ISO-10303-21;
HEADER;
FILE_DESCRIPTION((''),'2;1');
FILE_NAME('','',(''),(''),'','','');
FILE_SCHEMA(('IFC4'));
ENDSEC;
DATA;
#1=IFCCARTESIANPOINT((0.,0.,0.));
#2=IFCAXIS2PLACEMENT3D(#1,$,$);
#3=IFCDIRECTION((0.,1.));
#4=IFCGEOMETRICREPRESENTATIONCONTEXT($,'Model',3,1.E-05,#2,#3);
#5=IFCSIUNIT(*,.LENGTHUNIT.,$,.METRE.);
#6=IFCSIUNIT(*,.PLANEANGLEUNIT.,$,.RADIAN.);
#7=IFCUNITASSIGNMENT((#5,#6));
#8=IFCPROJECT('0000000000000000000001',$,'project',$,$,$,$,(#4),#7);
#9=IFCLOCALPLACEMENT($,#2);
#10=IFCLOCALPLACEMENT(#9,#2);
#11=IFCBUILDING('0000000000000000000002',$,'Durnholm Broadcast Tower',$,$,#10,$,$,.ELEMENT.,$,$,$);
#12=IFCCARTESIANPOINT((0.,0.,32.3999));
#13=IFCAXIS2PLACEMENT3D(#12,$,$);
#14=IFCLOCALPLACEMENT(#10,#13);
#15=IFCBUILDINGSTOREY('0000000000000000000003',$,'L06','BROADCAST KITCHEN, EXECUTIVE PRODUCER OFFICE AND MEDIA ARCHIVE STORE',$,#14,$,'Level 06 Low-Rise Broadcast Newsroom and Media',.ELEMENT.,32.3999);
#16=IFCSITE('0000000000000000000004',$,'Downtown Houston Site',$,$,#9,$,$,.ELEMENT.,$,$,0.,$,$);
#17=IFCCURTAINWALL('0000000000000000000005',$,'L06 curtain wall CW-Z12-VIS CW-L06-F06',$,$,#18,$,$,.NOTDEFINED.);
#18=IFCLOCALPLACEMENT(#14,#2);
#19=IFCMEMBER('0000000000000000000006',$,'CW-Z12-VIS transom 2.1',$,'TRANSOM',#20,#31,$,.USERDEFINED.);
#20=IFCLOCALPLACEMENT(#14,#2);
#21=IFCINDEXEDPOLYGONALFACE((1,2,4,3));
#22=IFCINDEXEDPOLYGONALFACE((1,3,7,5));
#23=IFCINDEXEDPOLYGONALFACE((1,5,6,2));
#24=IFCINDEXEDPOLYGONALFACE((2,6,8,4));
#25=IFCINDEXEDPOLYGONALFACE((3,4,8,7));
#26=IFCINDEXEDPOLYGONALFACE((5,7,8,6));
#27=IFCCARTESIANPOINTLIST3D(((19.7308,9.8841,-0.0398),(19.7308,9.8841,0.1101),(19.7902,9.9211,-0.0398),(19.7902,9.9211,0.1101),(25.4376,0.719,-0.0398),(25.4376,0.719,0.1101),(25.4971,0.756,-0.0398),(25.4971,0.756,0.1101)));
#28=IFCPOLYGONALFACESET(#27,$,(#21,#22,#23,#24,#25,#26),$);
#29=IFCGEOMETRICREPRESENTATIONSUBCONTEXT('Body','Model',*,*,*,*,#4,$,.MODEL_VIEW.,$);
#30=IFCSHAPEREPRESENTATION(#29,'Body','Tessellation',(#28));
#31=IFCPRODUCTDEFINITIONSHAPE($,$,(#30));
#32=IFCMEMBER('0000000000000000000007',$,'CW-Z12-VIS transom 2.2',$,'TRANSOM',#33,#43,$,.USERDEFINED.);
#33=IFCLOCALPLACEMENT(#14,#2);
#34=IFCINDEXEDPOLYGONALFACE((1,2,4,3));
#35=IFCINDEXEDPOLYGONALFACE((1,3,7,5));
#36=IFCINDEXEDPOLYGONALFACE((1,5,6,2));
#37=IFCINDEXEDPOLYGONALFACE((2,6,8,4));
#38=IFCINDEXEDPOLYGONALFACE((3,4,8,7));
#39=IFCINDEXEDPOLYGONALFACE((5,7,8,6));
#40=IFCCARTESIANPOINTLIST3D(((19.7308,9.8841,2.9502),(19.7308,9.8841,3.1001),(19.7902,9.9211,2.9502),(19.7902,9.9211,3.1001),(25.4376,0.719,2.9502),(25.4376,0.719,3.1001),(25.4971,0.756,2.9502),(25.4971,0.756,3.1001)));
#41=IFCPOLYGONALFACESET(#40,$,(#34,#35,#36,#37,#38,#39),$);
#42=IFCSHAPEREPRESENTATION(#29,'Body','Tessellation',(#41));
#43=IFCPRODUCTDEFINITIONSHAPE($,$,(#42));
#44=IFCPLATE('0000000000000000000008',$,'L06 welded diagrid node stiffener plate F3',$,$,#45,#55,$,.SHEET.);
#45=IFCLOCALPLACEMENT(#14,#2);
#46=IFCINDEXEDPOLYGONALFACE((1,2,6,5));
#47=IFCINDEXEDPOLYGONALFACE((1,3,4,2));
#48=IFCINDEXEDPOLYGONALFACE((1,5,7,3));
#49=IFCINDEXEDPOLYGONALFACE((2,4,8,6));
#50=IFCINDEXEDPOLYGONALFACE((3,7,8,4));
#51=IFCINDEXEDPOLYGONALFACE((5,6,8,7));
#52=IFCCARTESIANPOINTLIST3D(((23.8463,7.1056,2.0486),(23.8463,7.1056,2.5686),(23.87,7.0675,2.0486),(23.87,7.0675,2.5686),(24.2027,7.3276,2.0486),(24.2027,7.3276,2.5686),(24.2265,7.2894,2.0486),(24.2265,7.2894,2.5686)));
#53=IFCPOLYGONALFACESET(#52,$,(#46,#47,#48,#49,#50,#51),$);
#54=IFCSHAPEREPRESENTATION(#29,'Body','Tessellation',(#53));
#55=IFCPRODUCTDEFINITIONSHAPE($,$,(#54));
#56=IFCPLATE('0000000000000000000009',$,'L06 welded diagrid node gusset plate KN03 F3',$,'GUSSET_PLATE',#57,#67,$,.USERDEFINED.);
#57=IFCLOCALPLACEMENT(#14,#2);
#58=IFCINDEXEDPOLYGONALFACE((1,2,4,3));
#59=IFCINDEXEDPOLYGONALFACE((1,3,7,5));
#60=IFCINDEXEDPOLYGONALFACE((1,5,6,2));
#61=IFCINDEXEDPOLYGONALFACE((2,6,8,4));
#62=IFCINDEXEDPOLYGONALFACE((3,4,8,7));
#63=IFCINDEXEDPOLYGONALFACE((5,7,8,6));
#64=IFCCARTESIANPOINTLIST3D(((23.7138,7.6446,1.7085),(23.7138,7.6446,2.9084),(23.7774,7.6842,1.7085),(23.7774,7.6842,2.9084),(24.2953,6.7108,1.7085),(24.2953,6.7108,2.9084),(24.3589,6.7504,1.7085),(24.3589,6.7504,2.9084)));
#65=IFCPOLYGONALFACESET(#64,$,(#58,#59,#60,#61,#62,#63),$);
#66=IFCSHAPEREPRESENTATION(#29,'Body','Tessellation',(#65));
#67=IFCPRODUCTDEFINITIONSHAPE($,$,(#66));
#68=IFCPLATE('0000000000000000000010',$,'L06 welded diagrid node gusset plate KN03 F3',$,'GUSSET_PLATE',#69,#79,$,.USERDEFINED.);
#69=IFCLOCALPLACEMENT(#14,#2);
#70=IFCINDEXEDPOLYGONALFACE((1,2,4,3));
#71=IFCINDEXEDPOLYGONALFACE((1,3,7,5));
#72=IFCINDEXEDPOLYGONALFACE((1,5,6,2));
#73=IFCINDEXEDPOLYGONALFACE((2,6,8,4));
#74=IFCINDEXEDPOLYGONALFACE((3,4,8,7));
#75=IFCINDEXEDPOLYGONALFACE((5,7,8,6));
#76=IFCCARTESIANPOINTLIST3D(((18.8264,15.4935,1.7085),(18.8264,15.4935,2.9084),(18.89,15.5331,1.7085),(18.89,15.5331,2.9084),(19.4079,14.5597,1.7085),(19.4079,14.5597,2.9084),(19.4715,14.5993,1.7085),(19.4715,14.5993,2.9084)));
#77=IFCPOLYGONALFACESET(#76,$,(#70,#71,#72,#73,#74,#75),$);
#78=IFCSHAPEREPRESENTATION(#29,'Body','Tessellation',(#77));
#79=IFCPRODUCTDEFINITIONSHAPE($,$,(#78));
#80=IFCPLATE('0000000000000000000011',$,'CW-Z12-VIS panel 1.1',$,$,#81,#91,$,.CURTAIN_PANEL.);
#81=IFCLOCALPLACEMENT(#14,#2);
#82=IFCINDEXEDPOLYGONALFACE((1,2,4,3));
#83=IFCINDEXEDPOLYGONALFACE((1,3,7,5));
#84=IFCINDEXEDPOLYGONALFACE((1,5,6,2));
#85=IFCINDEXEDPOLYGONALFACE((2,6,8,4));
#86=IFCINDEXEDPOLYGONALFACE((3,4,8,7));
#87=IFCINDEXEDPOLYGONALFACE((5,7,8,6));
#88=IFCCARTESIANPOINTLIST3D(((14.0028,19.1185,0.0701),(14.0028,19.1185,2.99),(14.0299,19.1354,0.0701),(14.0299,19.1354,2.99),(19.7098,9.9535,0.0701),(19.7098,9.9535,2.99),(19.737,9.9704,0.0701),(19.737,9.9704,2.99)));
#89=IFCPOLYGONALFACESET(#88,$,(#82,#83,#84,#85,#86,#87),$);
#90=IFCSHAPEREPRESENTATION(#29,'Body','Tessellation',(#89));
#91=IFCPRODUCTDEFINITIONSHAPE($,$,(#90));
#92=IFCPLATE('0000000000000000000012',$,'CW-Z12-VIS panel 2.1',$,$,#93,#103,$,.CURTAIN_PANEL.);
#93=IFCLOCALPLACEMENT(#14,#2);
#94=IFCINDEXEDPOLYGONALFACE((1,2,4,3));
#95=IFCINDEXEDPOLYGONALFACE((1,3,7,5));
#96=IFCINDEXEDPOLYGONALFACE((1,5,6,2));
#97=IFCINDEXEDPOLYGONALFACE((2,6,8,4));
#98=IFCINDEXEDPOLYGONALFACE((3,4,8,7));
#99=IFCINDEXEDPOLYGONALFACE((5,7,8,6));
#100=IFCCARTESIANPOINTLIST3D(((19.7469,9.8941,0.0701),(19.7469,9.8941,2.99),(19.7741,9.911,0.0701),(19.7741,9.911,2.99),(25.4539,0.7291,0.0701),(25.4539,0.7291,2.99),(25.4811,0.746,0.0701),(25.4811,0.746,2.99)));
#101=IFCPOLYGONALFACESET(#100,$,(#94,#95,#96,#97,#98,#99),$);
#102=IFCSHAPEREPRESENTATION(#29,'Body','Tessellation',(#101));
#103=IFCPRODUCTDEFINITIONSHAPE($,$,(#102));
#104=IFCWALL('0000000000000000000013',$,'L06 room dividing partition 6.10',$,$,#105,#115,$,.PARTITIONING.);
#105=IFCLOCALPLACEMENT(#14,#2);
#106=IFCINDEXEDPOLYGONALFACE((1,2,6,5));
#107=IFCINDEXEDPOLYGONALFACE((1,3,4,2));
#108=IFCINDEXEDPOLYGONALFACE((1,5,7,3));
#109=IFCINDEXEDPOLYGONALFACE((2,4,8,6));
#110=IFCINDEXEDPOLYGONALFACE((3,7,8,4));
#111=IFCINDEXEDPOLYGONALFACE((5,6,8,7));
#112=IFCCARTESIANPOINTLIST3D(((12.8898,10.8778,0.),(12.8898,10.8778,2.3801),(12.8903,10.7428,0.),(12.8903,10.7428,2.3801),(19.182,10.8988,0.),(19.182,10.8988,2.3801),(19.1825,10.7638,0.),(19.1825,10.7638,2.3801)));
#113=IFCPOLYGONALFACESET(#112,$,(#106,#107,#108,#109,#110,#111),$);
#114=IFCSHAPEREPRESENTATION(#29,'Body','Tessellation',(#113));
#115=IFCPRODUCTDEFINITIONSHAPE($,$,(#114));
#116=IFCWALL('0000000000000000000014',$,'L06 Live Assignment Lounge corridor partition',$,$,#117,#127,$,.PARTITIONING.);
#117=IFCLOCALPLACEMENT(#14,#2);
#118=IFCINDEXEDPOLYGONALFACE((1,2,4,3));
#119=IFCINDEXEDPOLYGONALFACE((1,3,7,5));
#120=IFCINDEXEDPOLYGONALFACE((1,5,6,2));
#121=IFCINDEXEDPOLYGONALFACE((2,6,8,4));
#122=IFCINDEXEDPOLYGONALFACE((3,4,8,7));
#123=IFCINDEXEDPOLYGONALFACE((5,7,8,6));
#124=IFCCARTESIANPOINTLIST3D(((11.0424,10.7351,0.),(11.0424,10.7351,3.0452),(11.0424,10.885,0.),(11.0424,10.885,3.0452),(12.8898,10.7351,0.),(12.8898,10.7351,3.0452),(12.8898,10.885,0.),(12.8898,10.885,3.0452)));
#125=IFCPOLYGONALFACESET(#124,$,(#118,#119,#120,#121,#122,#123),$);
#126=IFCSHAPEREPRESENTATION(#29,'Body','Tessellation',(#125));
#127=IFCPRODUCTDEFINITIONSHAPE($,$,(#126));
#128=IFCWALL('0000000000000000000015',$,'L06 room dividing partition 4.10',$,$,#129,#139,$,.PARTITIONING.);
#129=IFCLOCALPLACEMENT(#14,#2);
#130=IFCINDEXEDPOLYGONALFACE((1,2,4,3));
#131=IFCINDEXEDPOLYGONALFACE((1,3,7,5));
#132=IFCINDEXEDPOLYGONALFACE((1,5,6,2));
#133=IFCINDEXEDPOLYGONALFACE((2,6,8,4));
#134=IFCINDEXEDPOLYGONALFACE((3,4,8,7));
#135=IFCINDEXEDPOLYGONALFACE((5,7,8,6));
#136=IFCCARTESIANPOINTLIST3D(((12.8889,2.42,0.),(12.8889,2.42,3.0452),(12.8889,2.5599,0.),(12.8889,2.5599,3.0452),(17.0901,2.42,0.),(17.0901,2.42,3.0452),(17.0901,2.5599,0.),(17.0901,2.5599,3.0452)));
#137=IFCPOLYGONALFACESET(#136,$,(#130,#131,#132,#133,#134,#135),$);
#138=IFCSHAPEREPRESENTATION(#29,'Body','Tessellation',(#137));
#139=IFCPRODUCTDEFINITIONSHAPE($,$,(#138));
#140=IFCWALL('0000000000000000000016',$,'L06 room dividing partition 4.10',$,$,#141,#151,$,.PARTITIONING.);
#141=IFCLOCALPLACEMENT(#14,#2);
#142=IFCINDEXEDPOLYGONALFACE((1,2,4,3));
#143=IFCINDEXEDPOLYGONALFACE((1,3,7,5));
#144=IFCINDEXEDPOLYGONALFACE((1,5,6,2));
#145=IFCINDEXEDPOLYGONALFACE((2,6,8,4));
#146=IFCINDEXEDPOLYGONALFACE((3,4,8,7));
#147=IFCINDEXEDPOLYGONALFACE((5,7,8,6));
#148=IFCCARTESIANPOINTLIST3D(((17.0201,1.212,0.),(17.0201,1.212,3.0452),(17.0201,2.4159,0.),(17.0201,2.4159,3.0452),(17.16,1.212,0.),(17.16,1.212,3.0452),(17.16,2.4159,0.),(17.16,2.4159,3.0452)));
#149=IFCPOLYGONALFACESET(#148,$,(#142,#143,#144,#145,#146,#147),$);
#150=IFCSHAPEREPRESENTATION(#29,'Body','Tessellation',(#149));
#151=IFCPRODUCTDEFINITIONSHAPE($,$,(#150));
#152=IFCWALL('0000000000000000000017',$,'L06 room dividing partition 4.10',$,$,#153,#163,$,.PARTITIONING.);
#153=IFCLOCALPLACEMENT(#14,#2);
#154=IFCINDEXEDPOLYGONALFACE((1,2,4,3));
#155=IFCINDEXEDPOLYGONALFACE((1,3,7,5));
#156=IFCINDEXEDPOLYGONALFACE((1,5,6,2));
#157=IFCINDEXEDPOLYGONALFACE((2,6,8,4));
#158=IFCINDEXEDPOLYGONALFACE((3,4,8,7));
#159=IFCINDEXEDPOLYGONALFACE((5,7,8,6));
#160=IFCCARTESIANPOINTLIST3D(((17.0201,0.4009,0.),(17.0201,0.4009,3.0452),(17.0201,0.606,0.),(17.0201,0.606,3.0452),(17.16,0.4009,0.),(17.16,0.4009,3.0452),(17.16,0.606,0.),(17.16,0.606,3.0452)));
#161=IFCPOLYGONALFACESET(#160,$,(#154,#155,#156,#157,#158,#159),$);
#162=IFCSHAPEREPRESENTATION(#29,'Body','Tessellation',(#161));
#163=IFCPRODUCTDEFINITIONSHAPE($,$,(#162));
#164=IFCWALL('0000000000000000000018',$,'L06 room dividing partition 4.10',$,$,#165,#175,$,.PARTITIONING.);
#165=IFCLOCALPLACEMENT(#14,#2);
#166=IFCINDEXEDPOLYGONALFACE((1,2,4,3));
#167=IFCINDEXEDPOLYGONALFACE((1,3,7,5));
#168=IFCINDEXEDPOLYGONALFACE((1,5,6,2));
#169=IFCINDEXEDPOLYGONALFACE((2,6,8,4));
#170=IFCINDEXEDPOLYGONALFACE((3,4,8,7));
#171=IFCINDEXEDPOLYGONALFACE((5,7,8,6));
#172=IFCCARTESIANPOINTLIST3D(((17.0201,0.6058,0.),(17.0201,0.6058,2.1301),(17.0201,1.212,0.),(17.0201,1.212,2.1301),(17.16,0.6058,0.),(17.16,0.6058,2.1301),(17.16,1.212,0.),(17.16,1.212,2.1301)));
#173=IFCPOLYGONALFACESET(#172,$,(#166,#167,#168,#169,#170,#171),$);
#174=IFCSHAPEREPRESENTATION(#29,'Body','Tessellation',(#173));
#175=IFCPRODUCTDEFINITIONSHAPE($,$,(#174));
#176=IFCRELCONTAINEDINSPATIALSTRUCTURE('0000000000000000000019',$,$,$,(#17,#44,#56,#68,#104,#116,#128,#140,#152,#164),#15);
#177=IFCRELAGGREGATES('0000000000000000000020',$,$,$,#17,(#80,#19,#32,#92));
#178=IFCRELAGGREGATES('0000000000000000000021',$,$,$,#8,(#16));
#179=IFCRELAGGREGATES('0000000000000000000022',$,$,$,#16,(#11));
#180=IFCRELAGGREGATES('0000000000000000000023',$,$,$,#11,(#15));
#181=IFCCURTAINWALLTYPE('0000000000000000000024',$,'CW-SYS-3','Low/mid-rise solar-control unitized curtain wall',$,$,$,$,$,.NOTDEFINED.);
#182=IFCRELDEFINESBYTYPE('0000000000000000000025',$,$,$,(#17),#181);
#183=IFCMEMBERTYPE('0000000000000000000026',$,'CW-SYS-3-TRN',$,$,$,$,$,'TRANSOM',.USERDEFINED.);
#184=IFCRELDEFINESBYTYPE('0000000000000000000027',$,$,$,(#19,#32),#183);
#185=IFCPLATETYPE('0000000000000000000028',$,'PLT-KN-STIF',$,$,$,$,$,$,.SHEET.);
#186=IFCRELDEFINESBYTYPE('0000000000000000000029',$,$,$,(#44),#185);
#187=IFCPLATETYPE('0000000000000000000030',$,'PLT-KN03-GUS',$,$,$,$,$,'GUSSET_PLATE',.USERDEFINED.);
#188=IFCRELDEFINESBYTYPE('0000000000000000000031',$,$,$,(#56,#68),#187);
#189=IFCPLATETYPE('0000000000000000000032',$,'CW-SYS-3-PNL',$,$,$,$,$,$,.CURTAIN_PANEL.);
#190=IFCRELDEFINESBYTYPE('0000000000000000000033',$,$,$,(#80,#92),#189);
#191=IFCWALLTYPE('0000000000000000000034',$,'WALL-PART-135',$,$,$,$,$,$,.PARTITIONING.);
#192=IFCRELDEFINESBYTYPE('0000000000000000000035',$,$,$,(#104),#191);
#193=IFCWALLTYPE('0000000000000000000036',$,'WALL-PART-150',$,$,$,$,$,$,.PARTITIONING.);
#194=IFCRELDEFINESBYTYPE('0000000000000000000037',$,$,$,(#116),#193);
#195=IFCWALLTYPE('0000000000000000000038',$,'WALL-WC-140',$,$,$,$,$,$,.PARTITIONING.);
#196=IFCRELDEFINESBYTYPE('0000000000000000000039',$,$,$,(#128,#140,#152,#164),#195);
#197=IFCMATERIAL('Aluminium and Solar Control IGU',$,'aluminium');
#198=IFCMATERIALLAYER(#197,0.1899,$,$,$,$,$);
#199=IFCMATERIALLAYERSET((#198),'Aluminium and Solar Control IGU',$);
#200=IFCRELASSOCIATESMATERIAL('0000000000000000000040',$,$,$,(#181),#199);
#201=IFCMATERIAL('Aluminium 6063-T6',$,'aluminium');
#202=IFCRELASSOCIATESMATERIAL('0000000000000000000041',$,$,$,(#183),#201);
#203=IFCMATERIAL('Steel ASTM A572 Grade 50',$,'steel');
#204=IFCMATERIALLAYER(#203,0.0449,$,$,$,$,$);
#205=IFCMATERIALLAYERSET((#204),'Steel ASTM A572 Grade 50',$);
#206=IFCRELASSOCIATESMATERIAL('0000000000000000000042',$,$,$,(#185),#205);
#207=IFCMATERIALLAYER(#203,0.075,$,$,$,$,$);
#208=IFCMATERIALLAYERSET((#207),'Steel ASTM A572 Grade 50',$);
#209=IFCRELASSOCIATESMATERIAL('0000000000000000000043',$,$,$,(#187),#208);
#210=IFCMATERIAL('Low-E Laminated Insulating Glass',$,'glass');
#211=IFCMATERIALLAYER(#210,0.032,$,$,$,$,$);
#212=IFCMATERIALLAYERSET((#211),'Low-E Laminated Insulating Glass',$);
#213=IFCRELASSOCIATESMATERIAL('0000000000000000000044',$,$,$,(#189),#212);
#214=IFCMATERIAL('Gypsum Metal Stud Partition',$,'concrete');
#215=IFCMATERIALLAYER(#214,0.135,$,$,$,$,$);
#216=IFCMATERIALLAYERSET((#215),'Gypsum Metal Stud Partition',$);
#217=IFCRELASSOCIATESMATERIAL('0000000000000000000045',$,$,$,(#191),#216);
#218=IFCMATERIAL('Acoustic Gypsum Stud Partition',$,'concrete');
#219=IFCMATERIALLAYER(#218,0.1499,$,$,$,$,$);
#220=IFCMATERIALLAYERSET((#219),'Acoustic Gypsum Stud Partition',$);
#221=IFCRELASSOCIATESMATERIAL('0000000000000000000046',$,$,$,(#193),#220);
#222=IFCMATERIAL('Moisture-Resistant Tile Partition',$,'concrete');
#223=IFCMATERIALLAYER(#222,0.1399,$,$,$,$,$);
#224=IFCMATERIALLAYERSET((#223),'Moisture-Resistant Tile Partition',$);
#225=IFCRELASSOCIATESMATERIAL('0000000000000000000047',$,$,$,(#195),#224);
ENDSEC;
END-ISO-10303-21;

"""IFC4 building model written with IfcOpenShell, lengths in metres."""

from ifc_helpers import new_model, si_unit, direction, frame, frame_2d, origin, origin_2d, place, context, subcontext, project, spatial, rectangle, extrude, source, transform, mapped, material, layer, layer_set, material_profile, profile_set, type_object, type_shapes, element, aggregate, save


model = new_model("IFC4")

# Units and contexts
model_context = context("Model", 3, precision=1e-05, world=origin(), true_north=direction((0.0, 1.0)))
body_context = subcontext(model_context, "Body", "Model", "MODEL_VIEW")
ifc_project = project(units=[si_unit("LENGTHUNIT", "METRE"), si_unit("PLANEANGLEUNIT", "RADIAN")], contexts=[model_context])

# Site, building, storey
site_placement = place(None, origin())
site = spatial("IfcSite", under=ifc_project, at=site_placement, Name="Downtown Houston Site", CompositionType="ELEMENT", RefElevation=0.0)
building_placement = place(site_placement, origin())
building = spatial("IfcBuilding", under=site, at=building_placement, Name="Durnholm Broadcast Tower", CompositionType="ELEMENT")
storey_placement = place(building_placement, frame((0.0, 0.0, 32.3999)))
storey = spatial("IfcBuildingStorey", under=building, at=storey_placement, Name="L06", Description="BROADCAST KITCHEN, EXECUTIVE PRODUCER OFFICE AND MEDIA ARCHIVE STORE", LongName="Level 06 Low-Rise Broadcast Newsroom and Media", CompositionType="ELEMENT", Elevation=32.3999)

# Shared definitions
ifc_material_1 = material(Name="Aluminium and Solar Control IGU", Category="aluminium")
ifc_material_2 = material(Name="Aluminium 6063-T6", Category="aluminium")

# Curtain wall, members
ifc_layer_1 = layer(ifc_material_1, 0.1899)
ifc_layer_set_1 = layer_set([ifc_layer_1], Name="Aluminium and Solar Control IGU")
curtain_wall_type_1 = type_object("IfcCurtainWallType", Name="CW-SYS-3", Description="Low/mid-rise solar-control unitized curtain wall", PredefinedType="NOTDEFINED", material=ifc_layer_set_1)
curtain_wall_1_placement = place(storey_placement, origin())
curtain_wall_1 = element("IfcCurtainWall", 1, at=curtain_wall_1_placement, inside=storey, type_object=curtain_wall_type_1, Name="L06 curtain wall CW-Z12-VIS CW-L06-F06", PredefinedType="NOTDEFINED")
ifc_material_profile_1 = material_profile(ifc_material_2, rectangle(XDim=0.0701, YDim=0.1499, at=origin_2d()), Name="CWT70X150")
ifc_profile_set_1 = profile_set([ifc_material_profile_1], Name="Aluminium 6063-T6")
member_type_1 = type_object("IfcMemberType", Name="CW-SYS-3-TRN", ElementType="TRANSOM", PredefinedType="USERDEFINED", material=ifc_profile_set_1)
shared_shape_1 = source(origin(), body_context, "Body", "SweptSolid", [
    extrude(rectangle(XDim=0.0701, YDim=0.1499, at=origin_2d()), origin(), (0.0, 0.0, 1.0), 10.7966),
])
type_shapes(member_type_1, [shared_shape_1])
member_1_placement = place(storey_placement, frame((19.7605, 9.9026, 0.0352), z_axis=(0.528575, -0.848886, 0.0), x_axis=(0.848886, 0.528575, 0.0)))
member_1 = element("IfcMember", 2, at=member_1_placement, type_object=member_type_1, Name="CW-Z12-VIS transom 2.1", ObjectType="TRANSOM", PredefinedType="USERDEFINED", context=body_context, shape_type="MappedRepresentation", body=[
    mapped(shared_shape_1, transform((0.0, 0.0, 0.0), x_axis=(1.0, 0.0, 0.0), y_axis=(0.0, 1.0, 0.0), z_axis=(0.0, 0.0, 1.0), scale=1.0)),
])
member_2_placement = place(storey_placement, frame((19.7605, 9.9026, 3.0251), z_axis=(0.528575, -0.848886, 0.0), x_axis=(0.848886, 0.528575, 0.0)))
member_2 = element("IfcMember", 3, at=member_2_placement, type_object=member_type_1, Name="CW-Z12-VIS transom 2.2", ObjectType="TRANSOM", PredefinedType="USERDEFINED", context=body_context, shape_type="MappedRepresentation", body=[
    mapped(shared_shape_1, transform((0.0, 0.0, 0.0), x_axis=(1.0, 0.0, 0.0), y_axis=(0.0, 1.0, 0.0), z_axis=(0.0, 0.0, 1.0), scale=1.0)),
])

# Plates
ifc_material_3 = material(Name="Steel ASTM A572 Grade 50", Category="steel")
ifc_layer_2 = layer(ifc_material_3, 0.0449)
ifc_layer_set_2 = layer_set([ifc_layer_2], Name="Steel ASTM A572 Grade 50")
plate_type_1 = type_object("IfcPlateType", Name="PLT-KN-STIF", PredefinedType="SHEET", material=ifc_layer_set_2)
shared_shape_2 = source(origin(), body_context, "Body", "SweptSolid", [
    extrude(rectangle(XDim=0.0449, YDim=0.4199, at=origin_2d()), origin(), (0.0, 0.0, 1.0), 0.52),
])
type_shapes(plate_type_1, [shared_shape_2])
plate_1_placement = place(storey_placement, frame((24.0364, 7.1975, 2.0486), z_axis=(0.0, 0.0, 1.0), x_axis=(-0.528587, 0.848879, 0.0)))
element("IfcPlate", 4, at=plate_1_placement, inside=storey, type_object=plate_type_1, Name="L06 welded diagrid node stiffener plate F3", PredefinedType="SHEET", context=body_context, shape_type="MappedRepresentation", body=[
    mapped(shared_shape_2, transform((0.0, 0.0, 0.0), x_axis=(1.0, 0.0, 0.0), y_axis=(0.0, 1.0, 0.0), z_axis=(0.0, 0.0, 1.0), scale=1.0)),
])
ifc_layer_3 = layer(ifc_material_3, 0.075)
ifc_layer_set_3 = layer_set([ifc_layer_3], Name="Steel ASTM A572 Grade 50")
plate_type_2 = type_object("IfcPlateType", Name="PLT-KN03-GUS", ElementType="GUSSET_PLATE", PredefinedType="USERDEFINED", material=ifc_layer_set_3)
shared_shape_3 = source(origin(), body_context, "Body", "SweptSolid", [
    extrude(rectangle(XDim=1.1001, YDim=0.075, at=origin_2d()), origin(), (0.0, 0.0, 1.0), 1.2),
])
type_shapes(plate_type_2, [shared_shape_3])
for number, where, z_axis, x_axis, name in (
    (5, (24.0364, 7.1975, 1.7085), (0.0, 0.0, 1.0), (-0.528587, 0.848879, 0.0), "L06 welded diagrid node gusset plate KN03 F3"),
    (6, (19.1489, 15.0464, 1.7085), (0.0, 0.0, 1.0), (-0.528587, 0.848879, 0.0), "L06 welded diagrid node gusset plate KN03 F3"),
):
    element("IfcPlate", number, at=place(storey_placement, frame(where, z_axis=z_axis, x_axis=x_axis)), inside=storey, type_object=plate_type_2, Name=name, ObjectType="GUSSET_PLATE", PredefinedType="USERDEFINED", context=body_context, shape_type="MappedRepresentation", body=[
        mapped(shared_shape_3, transform((0.0, 0.0, 0.0), x_axis=(1.0, 0.0, 0.0), y_axis=(0.0, 1.0, 0.0), z_axis=(0.0, 0.0, 1.0), scale=1.0)),
    ])

# Plates
ifc_material_4 = material(Name="Low-E Laminated Insulating Glass", Category="glass")
ifc_layer_4 = layer(ifc_material_4, 0.032)
ifc_layer_set_4 = layer_set([ifc_layer_4], Name="Low-E Laminated Insulating Glass")
plate_type_3 = type_object("IfcPlateType", Name="CW-SYS-3-PNL", PredefinedType="CURTAIN_PANEL", material=ifc_layer_set_4)
shared_shape_4 = source(origin(), body_context, "Body", "SweptSolid", [
    extrude(rectangle(XDim=10.7966, YDim=0.032, at=origin_2d()), origin(), (0.0, 0.0, 1.0), 2.9199),
])
type_shapes(plate_type_3, [shared_shape_4])
plate_2_placement = place(storey_placement, frame((16.8699, 14.5444, 0.0701), z_axis=(0.0, 0.0, 1.0), x_axis=(0.528592, -0.848876, 0.0)))
plate_2 = element("IfcPlate", 7, at=plate_2_placement, type_object=plate_type_3, Name="CW-Z12-VIS panel 1.1", PredefinedType="CURTAIN_PANEL", context=body_context, shape_type="MappedRepresentation", body=[
    mapped(shared_shape_4, transform((0.0, 0.0, 0.0), x_axis=(1.0, 0.0, 0.0), y_axis=(0.0, 1.0, 0.0), z_axis=(0.0, 0.0, 1.0), scale=1.0)),
])
plate_3_placement = place(storey_placement, frame((22.614, 5.3201, 0.0701), z_axis=(0.0, 0.0, 1.0), x_axis=(0.528592, -0.848876, 0.0)))
plate_3 = element("IfcPlate", 8, at=plate_3_placement, type_object=plate_type_3, Name="CW-Z12-VIS panel 2.1", PredefinedType="CURTAIN_PANEL", context=body_context, shape_type="MappedRepresentation", body=[
    mapped(shared_shape_4, transform((0.0, 0.0, 0.0), x_axis=(1.0, 0.0, 0.0), y_axis=(0.0, 1.0, 0.0), z_axis=(0.0, 0.0, 1.0), scale=1.0)),
])
aggregate(curtain_wall_1, [plate_2, member_1, member_2, plate_3])

# Walls
ifc_material_5 = material(Name="Gypsum Metal Stud Partition", Category="concrete")
ifc_layer_5 = layer(ifc_material_5, 0.135)
ifc_layer_set_5 = layer_set([ifc_layer_5], Name="Gypsum Metal Stud Partition")
wall_type_1 = type_object("IfcWallType", Name="WALL-PART-135", PredefinedType="PARTITIONING", material=ifc_layer_set_5)
wall_1_placement = place(storey_placement, frame((19.1821, 10.8313, 0.0), z_axis=(0.0, 0.0, 1.0), x_axis=(-0.999994, -0.003337, 0.0)))
element("IfcWall", 9, at=wall_1_placement, inside=storey, type_object=wall_type_1, Name="L06 room dividing partition 6.10", PredefinedType="PARTITIONING", context=body_context, shape_type="SweptSolid", body=[
    extrude(rectangle(XDim=6.2922, YDim=0.135, at=frame_2d((3.146, 0.0))), origin(), (0.0, 0.0, 1.0), 2.3801),
])
ifc_material_6 = material(Name="Acoustic Gypsum Stud Partition", Category="concrete")
ifc_layer_6 = layer(ifc_material_6, 0.1499)
ifc_layer_set_6 = layer_set([ifc_layer_6], Name="Acoustic Gypsum Stud Partition")
wall_type_2 = type_object("IfcWallType", Name="WALL-PART-150", PredefinedType="PARTITIONING", material=ifc_layer_set_6)
wall_2_placement = place(storey_placement, frame((12.8899, 10.8101, 0.0), z_axis=(0.0, 0.0, 1.0), x_axis=(-1.0, 0.0, 0.0)))
element("IfcWall", 10, at=wall_2_placement, inside=storey, type_object=wall_type_2, Name="L06 Live Assignment Lounge corridor partition", PredefinedType="PARTITIONING", context=body_context, shape_type="SweptSolid", body=[
    extrude(rectangle(XDim=1.8474, YDim=0.1499, at=frame_2d((0.9238, 0.0))), origin(), (0.0, 0.0, 1.0), 3.0452),
])
ifc_material_7 = material(Name="Moisture-Resistant Tile Partition", Category="concrete")
ifc_layer_7 = layer(ifc_material_7, 0.1399)
ifc_layer_set_7 = layer_set([ifc_layer_7], Name="Moisture-Resistant Tile Partition")
wall_type_3 = type_object("IfcWallType", Name="WALL-WC-140", PredefinedType="PARTITIONING", material=ifc_layer_set_7)
wall_3_placement = place(storey_placement, frame((12.8889, 2.49, 0.0), z_axis=(0.0, 0.0, 1.0), x_axis=(1.0, 0.0, 0.0)))
element("IfcWall", 11, at=wall_3_placement, inside=storey, type_object=wall_type_3, Name="L06 room dividing partition 4.10", PredefinedType="PARTITIONING", context=body_context, shape_type="SweptSolid", body=[
    extrude(rectangle(XDim=4.2012, YDim=0.1399, at=frame_2d((2.1006, 0.0))), origin(), (0.0, 0.0, 1.0), 3.0452),
])
wall_4_placement = place(storey_placement, frame((17.0901, 2.416, 0.0), z_axis=(0.0, 0.0, 1.0), x_axis=(0.0, -1.0, 0.0)))
element("IfcWall", 12, at=wall_4_placement, inside=storey, type_object=wall_type_3, Name="L06 room dividing partition 4.10", PredefinedType="PARTITIONING", context=body_context, shape_type="SweptSolid", body=[
    extrude(rectangle(XDim=1.2039, YDim=0.1399, at=frame_2d((0.6021, 0.0))), origin(), (0.0, 0.0, 1.0), 3.0452),
])
wall_5_placement = place(storey_placement, frame((17.0901, 0.606, 0.0), z_axis=(0.0, 0.0, 1.0), x_axis=(0.0, -1.0, 0.0)))
element("IfcWall", 13, at=wall_5_placement, inside=storey, type_object=wall_type_3, Name="L06 room dividing partition 4.10", PredefinedType="PARTITIONING", context=body_context, shape_type="SweptSolid", body=[
    extrude(rectangle(XDim=0.2051, YDim=0.1399, at=frame_2d((0.1025, 0.0))), origin(), (0.0, 0.0, 1.0), 3.0452),
])
wall_6_placement = place(storey_placement, frame((17.0901, 1.2122, 0.0), z_axis=(0.0, 0.0, 1.0), x_axis=(0.0, -1.0, 0.0)))
element("IfcWall", 14, at=wall_6_placement, inside=storey, type_object=wall_type_3, Name="L06 room dividing partition 4.10", PredefinedType="PARTITIONING", context=body_context, shape_type="SweptSolid", body=[
    extrude(rectangle(XDim=0.6062, YDim=0.1399, at=frame_2d((0.3032, 0.0))), origin(), (0.0, 0.0, 1.0), 2.1301),
])

save(model, "model.ifc")
